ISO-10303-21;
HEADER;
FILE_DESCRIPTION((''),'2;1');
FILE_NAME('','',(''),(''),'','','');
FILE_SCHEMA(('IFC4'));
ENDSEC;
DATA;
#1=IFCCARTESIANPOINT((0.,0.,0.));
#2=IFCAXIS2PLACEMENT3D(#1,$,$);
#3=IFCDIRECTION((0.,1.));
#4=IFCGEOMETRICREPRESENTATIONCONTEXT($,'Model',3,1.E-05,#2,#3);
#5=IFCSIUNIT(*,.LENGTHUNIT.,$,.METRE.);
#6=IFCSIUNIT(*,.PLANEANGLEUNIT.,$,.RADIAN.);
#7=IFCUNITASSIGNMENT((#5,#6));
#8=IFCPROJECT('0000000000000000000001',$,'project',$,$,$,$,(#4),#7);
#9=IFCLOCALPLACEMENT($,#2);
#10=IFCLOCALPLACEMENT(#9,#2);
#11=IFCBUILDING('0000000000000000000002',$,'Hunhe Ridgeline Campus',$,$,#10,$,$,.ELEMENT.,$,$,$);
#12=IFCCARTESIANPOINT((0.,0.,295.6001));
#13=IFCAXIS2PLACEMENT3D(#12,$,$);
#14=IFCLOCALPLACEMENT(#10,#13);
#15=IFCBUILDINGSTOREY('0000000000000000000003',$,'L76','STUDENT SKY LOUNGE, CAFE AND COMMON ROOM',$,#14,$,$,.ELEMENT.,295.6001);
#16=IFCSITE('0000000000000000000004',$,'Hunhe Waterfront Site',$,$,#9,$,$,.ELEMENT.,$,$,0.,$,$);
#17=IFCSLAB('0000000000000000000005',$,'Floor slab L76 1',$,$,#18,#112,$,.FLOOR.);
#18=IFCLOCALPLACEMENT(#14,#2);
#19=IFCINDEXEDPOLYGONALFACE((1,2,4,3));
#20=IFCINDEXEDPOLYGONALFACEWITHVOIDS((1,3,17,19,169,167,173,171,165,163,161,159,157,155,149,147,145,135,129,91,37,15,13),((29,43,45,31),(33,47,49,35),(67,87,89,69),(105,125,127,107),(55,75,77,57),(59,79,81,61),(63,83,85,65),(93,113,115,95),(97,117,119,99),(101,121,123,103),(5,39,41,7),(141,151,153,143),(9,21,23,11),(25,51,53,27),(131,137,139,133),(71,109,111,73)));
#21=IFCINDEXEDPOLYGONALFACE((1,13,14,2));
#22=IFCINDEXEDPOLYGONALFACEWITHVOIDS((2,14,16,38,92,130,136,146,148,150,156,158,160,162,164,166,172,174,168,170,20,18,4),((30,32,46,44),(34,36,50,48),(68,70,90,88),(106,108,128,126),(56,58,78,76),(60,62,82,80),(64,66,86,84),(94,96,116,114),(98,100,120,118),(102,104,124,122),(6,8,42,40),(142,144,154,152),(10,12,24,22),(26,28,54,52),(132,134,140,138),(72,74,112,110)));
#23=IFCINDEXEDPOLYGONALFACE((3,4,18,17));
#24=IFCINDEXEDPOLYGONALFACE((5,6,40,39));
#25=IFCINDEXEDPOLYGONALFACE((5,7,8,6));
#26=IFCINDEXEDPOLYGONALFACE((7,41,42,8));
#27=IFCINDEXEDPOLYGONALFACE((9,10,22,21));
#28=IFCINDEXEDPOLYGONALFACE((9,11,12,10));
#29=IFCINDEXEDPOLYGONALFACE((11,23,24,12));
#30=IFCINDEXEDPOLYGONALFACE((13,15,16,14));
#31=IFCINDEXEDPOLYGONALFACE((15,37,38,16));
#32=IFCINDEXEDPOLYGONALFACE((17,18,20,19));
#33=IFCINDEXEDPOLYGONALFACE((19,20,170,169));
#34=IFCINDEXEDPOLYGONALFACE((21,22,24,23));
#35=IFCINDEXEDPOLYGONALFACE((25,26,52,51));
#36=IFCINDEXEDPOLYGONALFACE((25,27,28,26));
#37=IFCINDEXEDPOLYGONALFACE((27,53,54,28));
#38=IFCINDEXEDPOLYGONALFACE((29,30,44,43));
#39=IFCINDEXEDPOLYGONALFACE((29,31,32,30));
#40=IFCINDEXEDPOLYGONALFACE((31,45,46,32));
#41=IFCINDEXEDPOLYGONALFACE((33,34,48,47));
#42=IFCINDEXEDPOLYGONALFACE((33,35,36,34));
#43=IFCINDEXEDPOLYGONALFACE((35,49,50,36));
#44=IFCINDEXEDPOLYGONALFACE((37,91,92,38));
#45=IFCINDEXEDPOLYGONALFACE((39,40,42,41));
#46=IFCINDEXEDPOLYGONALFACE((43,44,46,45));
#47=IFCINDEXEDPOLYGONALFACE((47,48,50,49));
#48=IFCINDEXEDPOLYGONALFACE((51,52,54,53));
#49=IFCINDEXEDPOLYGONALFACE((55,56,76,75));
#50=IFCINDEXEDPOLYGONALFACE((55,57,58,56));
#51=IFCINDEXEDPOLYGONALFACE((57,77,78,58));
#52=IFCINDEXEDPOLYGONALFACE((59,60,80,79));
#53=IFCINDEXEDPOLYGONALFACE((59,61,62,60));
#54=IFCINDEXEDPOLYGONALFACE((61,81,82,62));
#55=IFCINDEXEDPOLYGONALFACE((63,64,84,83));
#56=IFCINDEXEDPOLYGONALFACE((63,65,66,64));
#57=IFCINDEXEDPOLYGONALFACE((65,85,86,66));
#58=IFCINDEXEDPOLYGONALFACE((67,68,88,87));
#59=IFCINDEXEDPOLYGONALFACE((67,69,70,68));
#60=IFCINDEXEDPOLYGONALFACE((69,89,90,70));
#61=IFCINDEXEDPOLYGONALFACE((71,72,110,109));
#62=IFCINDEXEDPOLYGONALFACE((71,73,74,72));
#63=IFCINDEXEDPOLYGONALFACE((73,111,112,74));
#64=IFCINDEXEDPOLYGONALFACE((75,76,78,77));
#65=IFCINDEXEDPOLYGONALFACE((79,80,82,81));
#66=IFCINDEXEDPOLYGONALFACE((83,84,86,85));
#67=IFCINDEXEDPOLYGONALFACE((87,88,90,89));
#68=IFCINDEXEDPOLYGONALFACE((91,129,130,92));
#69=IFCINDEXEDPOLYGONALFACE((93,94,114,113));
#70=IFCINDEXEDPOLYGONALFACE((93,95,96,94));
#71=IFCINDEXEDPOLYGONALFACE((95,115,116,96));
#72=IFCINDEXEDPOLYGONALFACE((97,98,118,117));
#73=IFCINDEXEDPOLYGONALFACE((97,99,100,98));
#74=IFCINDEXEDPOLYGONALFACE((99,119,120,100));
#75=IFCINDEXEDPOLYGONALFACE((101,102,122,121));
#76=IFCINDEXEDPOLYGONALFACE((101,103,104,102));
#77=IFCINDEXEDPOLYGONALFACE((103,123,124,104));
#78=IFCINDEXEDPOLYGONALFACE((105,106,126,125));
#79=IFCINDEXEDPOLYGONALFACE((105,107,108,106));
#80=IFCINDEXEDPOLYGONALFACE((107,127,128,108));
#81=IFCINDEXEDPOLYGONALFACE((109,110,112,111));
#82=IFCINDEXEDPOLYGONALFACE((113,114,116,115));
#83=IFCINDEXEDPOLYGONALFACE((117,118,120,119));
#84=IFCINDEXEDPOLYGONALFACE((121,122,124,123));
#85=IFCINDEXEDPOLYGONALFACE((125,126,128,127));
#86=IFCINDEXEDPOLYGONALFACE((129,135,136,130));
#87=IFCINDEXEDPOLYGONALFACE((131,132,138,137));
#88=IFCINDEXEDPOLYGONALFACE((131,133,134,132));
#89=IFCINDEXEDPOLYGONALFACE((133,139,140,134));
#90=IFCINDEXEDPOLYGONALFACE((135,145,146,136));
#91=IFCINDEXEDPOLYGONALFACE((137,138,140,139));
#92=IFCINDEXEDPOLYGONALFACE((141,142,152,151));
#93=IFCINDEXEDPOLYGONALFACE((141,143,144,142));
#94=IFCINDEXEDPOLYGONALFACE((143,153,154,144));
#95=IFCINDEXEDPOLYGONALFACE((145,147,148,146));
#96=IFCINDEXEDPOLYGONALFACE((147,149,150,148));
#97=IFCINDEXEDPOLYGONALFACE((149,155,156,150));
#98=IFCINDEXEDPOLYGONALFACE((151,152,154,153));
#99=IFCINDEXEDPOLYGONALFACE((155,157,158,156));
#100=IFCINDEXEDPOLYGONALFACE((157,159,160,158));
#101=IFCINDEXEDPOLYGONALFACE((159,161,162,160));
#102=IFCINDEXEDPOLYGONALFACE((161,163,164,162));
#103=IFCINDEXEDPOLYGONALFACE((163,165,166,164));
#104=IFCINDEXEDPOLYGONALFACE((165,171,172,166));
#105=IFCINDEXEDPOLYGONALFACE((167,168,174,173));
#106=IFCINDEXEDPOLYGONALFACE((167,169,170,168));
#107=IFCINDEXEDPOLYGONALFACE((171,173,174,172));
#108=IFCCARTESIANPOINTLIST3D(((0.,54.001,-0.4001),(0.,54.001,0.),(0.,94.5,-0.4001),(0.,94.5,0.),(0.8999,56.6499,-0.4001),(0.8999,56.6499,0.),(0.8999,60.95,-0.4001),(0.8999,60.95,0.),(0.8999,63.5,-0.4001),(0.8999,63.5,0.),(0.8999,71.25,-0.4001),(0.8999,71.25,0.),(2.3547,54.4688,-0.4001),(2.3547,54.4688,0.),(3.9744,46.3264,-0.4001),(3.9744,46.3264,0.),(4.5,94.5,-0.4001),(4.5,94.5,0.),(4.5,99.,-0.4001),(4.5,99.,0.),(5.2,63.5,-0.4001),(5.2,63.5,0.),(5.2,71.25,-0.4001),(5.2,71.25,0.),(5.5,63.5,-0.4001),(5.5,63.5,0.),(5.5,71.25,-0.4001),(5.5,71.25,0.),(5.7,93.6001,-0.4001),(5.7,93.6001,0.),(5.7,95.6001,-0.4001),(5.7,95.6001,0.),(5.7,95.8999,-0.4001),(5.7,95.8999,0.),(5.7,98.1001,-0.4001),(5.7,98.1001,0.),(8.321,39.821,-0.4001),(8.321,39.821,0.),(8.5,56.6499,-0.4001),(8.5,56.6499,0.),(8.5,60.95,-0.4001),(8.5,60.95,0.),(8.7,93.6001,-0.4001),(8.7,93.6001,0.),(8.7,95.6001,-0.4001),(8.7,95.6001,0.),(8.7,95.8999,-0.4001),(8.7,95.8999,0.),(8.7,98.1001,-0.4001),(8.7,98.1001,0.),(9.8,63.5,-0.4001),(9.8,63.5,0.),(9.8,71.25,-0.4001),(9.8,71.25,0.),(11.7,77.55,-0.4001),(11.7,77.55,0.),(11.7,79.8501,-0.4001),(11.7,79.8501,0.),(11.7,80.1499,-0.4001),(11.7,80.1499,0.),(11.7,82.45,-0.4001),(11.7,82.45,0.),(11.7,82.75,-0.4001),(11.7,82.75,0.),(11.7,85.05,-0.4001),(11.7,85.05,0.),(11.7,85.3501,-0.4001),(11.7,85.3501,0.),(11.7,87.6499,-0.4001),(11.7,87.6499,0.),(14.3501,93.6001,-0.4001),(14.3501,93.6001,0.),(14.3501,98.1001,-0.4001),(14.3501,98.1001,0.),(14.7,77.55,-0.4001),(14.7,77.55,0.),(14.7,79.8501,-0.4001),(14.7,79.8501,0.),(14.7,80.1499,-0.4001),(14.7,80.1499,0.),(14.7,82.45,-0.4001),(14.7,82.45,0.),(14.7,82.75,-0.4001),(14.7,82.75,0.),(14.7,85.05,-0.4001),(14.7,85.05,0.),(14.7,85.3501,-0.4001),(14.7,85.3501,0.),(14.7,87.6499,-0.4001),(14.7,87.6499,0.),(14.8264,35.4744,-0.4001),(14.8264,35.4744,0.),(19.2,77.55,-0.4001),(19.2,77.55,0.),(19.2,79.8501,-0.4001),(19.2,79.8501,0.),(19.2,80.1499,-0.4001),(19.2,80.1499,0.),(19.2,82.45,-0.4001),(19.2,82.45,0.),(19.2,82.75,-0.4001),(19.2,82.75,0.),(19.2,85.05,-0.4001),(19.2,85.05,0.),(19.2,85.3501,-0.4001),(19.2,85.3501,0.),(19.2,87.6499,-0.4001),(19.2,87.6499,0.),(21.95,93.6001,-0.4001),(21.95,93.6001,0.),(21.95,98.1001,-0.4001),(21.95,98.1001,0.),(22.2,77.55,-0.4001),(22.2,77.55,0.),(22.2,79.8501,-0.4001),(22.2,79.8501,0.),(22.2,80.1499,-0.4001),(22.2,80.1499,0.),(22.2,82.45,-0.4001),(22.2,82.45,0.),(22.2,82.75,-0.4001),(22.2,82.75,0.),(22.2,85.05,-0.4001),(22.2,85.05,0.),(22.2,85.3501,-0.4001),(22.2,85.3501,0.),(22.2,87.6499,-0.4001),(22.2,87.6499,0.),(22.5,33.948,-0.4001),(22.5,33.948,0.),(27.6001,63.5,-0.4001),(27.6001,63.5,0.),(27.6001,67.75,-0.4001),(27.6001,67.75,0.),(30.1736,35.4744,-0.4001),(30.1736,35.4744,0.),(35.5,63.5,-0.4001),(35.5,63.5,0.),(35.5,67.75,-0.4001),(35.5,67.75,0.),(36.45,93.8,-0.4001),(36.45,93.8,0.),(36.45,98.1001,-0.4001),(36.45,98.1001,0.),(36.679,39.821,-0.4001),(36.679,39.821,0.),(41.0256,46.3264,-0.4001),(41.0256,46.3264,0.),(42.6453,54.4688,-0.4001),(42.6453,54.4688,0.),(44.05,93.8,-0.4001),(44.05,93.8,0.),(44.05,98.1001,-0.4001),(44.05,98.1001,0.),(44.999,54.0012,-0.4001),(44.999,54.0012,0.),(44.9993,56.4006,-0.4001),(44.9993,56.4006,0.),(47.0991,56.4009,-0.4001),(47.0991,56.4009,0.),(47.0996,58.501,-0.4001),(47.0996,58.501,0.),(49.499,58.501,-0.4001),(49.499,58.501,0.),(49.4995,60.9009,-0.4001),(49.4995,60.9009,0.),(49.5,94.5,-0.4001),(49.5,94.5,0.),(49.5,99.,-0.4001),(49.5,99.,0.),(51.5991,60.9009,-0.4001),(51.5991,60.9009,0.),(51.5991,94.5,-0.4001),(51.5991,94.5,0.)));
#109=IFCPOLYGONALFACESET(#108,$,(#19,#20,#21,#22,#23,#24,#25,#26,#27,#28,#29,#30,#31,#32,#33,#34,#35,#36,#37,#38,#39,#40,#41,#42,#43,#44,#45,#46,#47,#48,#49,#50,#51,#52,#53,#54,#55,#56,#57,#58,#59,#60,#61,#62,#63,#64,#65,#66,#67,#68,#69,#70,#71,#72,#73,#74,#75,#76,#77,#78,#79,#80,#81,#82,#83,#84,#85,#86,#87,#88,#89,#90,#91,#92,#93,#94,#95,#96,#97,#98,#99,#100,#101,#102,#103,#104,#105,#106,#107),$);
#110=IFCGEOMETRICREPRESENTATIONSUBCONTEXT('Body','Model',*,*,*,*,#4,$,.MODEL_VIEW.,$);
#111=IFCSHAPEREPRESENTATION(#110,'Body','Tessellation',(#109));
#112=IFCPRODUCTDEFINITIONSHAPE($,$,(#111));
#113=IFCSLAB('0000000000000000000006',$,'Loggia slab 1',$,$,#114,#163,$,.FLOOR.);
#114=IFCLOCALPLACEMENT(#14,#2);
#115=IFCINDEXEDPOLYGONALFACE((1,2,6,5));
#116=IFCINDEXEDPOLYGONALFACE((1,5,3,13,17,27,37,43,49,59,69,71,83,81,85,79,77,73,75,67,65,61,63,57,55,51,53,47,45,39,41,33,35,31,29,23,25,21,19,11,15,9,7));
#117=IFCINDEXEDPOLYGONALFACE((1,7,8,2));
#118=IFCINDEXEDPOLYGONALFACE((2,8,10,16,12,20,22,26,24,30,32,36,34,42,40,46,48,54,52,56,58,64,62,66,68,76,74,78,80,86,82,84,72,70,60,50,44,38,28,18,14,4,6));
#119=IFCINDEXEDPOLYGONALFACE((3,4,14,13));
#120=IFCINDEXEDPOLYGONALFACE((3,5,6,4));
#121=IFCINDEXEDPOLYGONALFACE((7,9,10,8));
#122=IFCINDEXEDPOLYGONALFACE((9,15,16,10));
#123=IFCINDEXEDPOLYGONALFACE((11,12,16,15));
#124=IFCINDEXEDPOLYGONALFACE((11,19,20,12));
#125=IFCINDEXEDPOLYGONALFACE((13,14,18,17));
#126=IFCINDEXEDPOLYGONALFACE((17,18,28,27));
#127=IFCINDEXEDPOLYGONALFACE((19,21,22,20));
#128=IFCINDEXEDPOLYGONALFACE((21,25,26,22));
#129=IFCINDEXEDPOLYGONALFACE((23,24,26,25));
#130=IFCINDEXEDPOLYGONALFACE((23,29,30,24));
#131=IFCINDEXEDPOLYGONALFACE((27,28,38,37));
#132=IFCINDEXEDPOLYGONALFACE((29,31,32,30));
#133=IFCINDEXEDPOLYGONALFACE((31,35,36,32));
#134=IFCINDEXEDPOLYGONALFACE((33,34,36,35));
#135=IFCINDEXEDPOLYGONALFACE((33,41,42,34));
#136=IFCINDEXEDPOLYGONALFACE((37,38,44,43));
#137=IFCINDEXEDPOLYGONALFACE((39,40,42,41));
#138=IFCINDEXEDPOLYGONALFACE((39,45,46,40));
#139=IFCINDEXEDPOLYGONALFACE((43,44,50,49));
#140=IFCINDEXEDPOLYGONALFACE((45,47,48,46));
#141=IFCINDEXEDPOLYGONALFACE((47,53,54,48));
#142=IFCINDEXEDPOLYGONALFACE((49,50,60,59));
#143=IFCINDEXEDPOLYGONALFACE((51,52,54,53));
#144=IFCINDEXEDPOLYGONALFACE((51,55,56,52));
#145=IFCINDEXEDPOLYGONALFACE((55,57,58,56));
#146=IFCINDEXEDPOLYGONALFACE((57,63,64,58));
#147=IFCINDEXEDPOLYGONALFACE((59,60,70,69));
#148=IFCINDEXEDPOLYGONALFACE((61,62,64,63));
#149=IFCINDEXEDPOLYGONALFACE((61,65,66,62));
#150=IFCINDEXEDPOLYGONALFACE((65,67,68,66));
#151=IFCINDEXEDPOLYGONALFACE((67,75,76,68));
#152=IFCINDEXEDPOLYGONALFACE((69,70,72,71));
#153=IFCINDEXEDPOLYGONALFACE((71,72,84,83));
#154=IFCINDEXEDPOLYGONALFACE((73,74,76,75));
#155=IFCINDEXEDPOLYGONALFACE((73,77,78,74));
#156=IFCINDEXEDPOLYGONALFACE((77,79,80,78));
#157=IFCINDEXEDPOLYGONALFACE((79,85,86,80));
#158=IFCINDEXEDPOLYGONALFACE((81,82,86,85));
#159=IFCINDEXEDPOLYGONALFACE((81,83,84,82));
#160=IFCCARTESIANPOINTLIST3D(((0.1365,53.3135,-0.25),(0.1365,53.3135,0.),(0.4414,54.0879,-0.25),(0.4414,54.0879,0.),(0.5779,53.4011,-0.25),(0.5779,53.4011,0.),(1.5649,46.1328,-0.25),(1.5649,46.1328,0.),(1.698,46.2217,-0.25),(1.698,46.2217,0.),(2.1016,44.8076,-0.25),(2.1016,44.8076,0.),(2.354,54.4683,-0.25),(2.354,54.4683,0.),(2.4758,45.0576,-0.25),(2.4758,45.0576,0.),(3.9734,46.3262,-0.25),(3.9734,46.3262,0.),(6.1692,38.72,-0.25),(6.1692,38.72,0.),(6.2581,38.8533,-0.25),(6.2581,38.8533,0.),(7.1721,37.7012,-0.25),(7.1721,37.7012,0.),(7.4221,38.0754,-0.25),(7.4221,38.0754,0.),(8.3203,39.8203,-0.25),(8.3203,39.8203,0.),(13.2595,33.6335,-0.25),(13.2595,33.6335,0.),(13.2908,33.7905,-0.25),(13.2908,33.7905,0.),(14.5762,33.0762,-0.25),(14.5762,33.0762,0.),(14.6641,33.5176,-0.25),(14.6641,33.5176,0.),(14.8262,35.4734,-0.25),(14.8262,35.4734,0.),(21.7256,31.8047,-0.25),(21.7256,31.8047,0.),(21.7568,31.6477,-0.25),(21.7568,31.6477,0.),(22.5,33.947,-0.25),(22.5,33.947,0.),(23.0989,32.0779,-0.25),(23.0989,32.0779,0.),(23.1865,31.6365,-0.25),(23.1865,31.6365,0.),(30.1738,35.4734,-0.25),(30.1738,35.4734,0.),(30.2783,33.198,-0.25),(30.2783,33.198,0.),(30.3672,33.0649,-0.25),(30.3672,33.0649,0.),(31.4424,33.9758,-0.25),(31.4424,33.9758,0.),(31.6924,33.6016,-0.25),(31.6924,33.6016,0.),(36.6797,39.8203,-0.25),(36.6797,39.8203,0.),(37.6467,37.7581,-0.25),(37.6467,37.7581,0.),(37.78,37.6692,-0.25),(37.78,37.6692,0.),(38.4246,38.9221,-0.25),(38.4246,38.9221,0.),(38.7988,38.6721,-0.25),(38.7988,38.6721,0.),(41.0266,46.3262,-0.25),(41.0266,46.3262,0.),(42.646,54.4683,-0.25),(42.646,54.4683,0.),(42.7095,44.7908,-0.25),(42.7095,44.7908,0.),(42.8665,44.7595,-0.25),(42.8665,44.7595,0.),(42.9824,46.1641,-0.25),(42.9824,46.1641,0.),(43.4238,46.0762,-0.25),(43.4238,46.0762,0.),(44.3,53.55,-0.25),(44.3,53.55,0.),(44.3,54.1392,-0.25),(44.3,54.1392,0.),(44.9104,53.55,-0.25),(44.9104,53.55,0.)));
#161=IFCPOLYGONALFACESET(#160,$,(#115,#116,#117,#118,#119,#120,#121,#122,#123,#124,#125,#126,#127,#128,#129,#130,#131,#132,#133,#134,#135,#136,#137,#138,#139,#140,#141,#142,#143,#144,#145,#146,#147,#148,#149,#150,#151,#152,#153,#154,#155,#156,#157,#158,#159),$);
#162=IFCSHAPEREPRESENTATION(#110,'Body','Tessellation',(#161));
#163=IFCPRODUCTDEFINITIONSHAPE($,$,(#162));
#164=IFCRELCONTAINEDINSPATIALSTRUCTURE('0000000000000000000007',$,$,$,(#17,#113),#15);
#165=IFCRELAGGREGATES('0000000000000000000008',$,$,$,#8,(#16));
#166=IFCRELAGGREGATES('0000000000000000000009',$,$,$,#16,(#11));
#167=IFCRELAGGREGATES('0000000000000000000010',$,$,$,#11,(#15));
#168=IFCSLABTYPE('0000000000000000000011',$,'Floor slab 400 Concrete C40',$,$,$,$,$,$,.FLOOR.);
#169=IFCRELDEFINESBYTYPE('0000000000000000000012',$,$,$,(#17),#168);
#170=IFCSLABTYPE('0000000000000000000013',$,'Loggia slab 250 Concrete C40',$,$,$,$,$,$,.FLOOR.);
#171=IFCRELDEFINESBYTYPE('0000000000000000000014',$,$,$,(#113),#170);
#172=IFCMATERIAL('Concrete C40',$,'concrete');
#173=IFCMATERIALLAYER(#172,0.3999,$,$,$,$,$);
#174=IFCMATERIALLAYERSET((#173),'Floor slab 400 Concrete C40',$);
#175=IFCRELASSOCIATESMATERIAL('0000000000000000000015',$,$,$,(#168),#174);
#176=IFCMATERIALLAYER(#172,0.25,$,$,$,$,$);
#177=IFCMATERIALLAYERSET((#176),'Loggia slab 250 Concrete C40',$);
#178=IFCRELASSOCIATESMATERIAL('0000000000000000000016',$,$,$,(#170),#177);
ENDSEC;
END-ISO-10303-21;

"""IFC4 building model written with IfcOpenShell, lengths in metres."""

from ifc_helpers import new_model, si_unit, direction, frame, origin, place, context, subcontext, project, spatial, polyline, outline, extrude, material, layer, layer_set, type_object, element, save


model = new_model("IFC4")

# Units and contexts
model_context = context("Model", 3, precision=1e-05, world=origin(), true_north=direction((0.0, 1.0)))
body_context = subcontext(model_context, "Body", "Model", "MODEL_VIEW")
ifc_project = project(units=[si_unit("LENGTHUNIT", "METRE"), si_unit("PLANEANGLEUNIT", "RADIAN")], contexts=[model_context])

# Site, building, storey
site_placement = place(None, origin())
site = spatial("IfcSite", under=ifc_project, at=site_placement, Name="Hunhe Waterfront Site", CompositionType="ELEMENT", RefElevation=0.0)
building_placement = place(site_placement, origin())
building = spatial("IfcBuilding", under=site, at=building_placement, Name="Hunhe Ridgeline Campus", CompositionType="ELEMENT")
storey_placement = place(building_placement, frame((0.0, 0.0, 295.6001)))
storey = spatial("IfcBuildingStorey", under=building, at=storey_placement, Name="L76", Description="STUDENT SKY LOUNGE, CAFE AND COMMON ROOM", CompositionType="ELEMENT", Elevation=295.6001)

# Slabs
ifc_material_1 = material(Name="Concrete C40", Category="concrete")
ifc_layer_1 = layer(ifc_material_1, 0.3999)
ifc_layer_set_1 = layer_set([ifc_layer_1], Name="Floor slab 400 Concrete C40")
slab_type_1 = type_object("IfcSlabType", Name="Floor slab 400 Concrete C40", PredefinedType="FLOOR", material=ifc_layer_set_1)
slab_1_placement = place(storey_placement, frame((0.0, 0.0, -0.4001)))
element("IfcSlab", 1, at=slab_1_placement, inside=storey, type_object=slab_type_1, Name="Floor slab L76 1", PredefinedType="FLOOR", context=body_context, shape_type="SweptSolid", body=[
    extrude(outline(polyline([(36.679, 39.821), (41.0256, 46.3264), (42.6453, 54.4688), (44.999, 54.0012), (44.9993, 56.4006), (47.0991, 56.4009), (47.0996, 58.501), (49.499, 58.501), (49.4995, 60.9009), (51.5991, 60.9009), (51.5991, 94.5), (49.5, 94.5), (49.5, 99.0), (4.5, 99.0), (4.5, 94.5), (0.0, 94.5), (0.0, 54.001), (2.3547, 54.4688), (3.9744, 46.3264), (8.321, 39.821), (14.8264, 35.4744), (22.5, 33.948), (30.1736, 35.4744), (36.679, 39.821)]), holes=[polyline([(44.05, 98.1001), (36.45, 98.1001), (36.45, 93.8), (44.05, 93.8), (44.05, 98.1001)]), polyline([(27.6001, 67.75), (27.6001, 63.5), (35.5, 63.5), (35.5, 67.75), (27.6001, 67.75)]), polyline([(22.2, 85.3501), (22.2, 87.6499), (19.2, 87.6499), (19.2, 85.3501), (22.2, 85.3501)]), polyline([(22.2, 85.05), (19.2, 85.05), (19.2, 82.75), (22.2, 82.75), (22.2, 85.05)]), polyline([(19.2, 82.45), (19.2, 80.1499), (22.2, 80.1499), (22.2, 82.45), (19.2, 82.45)]), polyline([(19.2, 77.55), (22.2, 77.55), (22.2, 79.8501), (19.2, 79.8501), (19.2, 77.55)]), polyline([(21.95, 98.1001), (14.3501, 98.1001), (14.3501, 93.6001), (21.95, 93.6001), (21.95, 98.1001)]), polyline([(14.7, 85.3501), (14.7, 87.6499), (11.7, 87.6499), (11.7, 85.3501), (14.7, 85.3501)]), polyline([(14.7, 85.05), (11.7, 85.05), (11.7, 82.75), (14.7, 82.75), (14.7, 85.05)]), polyline([(11.7, 82.45), (11.7, 80.1499), (14.7, 80.1499), (14.7, 82.45), (11.7, 82.45)]), polyline([(11.7, 77.55), (14.7, 77.55), (14.7, 79.8501), (11.7, 79.8501), (11.7, 77.55)]), polyline([(5.5, 63.5), (9.8, 63.5), (9.8, 71.25), (5.5, 71.25), (5.5, 63.5)]), polyline([(5.7, 98.1001), (5.7, 95.8999), (8.7, 95.8999), (8.7, 98.1001), (5.7, 98.1001)]), polyline([(5.7, 93.6001), (8.7, 93.6001), (8.7, 95.6001), (5.7, 95.6001), (5.7, 93.6001)]), polyline([(0.8999, 60.95), (0.8999, 56.6499), (8.5, 56.6499), (8.5, 60.95), (0.8999, 60.95)]), polyline([(5.2, 63.5), (5.2, 71.25), (0.8999, 71.25), (0.8999, 63.5), (5.2, 63.5)])]), origin(), (0.0, 0.0, 1.0), 0.4001),
])
ifc_layer_2 = layer(ifc_material_1, 0.25)
ifc_layer_set_2 = layer_set([ifc_layer_2], Name="Loggia slab 250 Concrete C40")
slab_type_2 = type_object("IfcSlabType", Name="Loggia slab 250 Concrete C40", PredefinedType="FLOOR", material=ifc_layer_set_2)
slab_2_placement = place(storey_placement, frame((0.0, 0.0, -0.25)))
element("IfcSlab", 2, at=slab_2_placement, inside=storey, type_object=slab_type_2, Name="Loggia slab 1", PredefinedType="FLOOR", context=body_context, shape_type="SweptSolid", body=[
    extrude(outline(polyline([(30.1738, 35.4734), (22.5, 33.947), (14.8262, 35.4734), (8.3203, 39.8203), (3.9734, 46.3262), (2.354, 54.4683), (0.4414, 54.0879), (0.5779, 53.4011), (0.1365, 53.3135), (1.5649, 46.1328), (1.698, 46.2217), (2.4758, 45.0576), (2.1016, 44.8076), (6.1692, 38.72), (6.2581, 38.8533), (7.4221, 38.0754), (7.1721, 37.7012), (13.2595, 33.6335), (13.2908, 33.7905), (14.6641, 33.5176), (14.5762, 33.0762), (21.7568, 31.6477), (21.7256, 31.8047), (23.0989, 32.0779), (23.1865, 31.6365), (30.3672, 33.0649), (30.2783, 33.198), (31.4424, 33.9758), (31.6924, 33.6016), (37.78, 37.6692), (37.6467, 37.7581), (38.4246, 38.9221), (38.7988, 38.6721), (42.8665, 44.7595), (42.7095, 44.7908), (42.9824, 46.1641), (43.4238, 46.0762), (44.9104, 53.55), (44.3, 53.55), (44.3, 54.1392), (42.646, 54.4683), (41.0266, 46.3262), (36.6797, 39.8203), (30.1738, 35.4734)])), origin(), (0.0, 0.0, 1.0), 0.25),
])

save(model, "model.ifc")
